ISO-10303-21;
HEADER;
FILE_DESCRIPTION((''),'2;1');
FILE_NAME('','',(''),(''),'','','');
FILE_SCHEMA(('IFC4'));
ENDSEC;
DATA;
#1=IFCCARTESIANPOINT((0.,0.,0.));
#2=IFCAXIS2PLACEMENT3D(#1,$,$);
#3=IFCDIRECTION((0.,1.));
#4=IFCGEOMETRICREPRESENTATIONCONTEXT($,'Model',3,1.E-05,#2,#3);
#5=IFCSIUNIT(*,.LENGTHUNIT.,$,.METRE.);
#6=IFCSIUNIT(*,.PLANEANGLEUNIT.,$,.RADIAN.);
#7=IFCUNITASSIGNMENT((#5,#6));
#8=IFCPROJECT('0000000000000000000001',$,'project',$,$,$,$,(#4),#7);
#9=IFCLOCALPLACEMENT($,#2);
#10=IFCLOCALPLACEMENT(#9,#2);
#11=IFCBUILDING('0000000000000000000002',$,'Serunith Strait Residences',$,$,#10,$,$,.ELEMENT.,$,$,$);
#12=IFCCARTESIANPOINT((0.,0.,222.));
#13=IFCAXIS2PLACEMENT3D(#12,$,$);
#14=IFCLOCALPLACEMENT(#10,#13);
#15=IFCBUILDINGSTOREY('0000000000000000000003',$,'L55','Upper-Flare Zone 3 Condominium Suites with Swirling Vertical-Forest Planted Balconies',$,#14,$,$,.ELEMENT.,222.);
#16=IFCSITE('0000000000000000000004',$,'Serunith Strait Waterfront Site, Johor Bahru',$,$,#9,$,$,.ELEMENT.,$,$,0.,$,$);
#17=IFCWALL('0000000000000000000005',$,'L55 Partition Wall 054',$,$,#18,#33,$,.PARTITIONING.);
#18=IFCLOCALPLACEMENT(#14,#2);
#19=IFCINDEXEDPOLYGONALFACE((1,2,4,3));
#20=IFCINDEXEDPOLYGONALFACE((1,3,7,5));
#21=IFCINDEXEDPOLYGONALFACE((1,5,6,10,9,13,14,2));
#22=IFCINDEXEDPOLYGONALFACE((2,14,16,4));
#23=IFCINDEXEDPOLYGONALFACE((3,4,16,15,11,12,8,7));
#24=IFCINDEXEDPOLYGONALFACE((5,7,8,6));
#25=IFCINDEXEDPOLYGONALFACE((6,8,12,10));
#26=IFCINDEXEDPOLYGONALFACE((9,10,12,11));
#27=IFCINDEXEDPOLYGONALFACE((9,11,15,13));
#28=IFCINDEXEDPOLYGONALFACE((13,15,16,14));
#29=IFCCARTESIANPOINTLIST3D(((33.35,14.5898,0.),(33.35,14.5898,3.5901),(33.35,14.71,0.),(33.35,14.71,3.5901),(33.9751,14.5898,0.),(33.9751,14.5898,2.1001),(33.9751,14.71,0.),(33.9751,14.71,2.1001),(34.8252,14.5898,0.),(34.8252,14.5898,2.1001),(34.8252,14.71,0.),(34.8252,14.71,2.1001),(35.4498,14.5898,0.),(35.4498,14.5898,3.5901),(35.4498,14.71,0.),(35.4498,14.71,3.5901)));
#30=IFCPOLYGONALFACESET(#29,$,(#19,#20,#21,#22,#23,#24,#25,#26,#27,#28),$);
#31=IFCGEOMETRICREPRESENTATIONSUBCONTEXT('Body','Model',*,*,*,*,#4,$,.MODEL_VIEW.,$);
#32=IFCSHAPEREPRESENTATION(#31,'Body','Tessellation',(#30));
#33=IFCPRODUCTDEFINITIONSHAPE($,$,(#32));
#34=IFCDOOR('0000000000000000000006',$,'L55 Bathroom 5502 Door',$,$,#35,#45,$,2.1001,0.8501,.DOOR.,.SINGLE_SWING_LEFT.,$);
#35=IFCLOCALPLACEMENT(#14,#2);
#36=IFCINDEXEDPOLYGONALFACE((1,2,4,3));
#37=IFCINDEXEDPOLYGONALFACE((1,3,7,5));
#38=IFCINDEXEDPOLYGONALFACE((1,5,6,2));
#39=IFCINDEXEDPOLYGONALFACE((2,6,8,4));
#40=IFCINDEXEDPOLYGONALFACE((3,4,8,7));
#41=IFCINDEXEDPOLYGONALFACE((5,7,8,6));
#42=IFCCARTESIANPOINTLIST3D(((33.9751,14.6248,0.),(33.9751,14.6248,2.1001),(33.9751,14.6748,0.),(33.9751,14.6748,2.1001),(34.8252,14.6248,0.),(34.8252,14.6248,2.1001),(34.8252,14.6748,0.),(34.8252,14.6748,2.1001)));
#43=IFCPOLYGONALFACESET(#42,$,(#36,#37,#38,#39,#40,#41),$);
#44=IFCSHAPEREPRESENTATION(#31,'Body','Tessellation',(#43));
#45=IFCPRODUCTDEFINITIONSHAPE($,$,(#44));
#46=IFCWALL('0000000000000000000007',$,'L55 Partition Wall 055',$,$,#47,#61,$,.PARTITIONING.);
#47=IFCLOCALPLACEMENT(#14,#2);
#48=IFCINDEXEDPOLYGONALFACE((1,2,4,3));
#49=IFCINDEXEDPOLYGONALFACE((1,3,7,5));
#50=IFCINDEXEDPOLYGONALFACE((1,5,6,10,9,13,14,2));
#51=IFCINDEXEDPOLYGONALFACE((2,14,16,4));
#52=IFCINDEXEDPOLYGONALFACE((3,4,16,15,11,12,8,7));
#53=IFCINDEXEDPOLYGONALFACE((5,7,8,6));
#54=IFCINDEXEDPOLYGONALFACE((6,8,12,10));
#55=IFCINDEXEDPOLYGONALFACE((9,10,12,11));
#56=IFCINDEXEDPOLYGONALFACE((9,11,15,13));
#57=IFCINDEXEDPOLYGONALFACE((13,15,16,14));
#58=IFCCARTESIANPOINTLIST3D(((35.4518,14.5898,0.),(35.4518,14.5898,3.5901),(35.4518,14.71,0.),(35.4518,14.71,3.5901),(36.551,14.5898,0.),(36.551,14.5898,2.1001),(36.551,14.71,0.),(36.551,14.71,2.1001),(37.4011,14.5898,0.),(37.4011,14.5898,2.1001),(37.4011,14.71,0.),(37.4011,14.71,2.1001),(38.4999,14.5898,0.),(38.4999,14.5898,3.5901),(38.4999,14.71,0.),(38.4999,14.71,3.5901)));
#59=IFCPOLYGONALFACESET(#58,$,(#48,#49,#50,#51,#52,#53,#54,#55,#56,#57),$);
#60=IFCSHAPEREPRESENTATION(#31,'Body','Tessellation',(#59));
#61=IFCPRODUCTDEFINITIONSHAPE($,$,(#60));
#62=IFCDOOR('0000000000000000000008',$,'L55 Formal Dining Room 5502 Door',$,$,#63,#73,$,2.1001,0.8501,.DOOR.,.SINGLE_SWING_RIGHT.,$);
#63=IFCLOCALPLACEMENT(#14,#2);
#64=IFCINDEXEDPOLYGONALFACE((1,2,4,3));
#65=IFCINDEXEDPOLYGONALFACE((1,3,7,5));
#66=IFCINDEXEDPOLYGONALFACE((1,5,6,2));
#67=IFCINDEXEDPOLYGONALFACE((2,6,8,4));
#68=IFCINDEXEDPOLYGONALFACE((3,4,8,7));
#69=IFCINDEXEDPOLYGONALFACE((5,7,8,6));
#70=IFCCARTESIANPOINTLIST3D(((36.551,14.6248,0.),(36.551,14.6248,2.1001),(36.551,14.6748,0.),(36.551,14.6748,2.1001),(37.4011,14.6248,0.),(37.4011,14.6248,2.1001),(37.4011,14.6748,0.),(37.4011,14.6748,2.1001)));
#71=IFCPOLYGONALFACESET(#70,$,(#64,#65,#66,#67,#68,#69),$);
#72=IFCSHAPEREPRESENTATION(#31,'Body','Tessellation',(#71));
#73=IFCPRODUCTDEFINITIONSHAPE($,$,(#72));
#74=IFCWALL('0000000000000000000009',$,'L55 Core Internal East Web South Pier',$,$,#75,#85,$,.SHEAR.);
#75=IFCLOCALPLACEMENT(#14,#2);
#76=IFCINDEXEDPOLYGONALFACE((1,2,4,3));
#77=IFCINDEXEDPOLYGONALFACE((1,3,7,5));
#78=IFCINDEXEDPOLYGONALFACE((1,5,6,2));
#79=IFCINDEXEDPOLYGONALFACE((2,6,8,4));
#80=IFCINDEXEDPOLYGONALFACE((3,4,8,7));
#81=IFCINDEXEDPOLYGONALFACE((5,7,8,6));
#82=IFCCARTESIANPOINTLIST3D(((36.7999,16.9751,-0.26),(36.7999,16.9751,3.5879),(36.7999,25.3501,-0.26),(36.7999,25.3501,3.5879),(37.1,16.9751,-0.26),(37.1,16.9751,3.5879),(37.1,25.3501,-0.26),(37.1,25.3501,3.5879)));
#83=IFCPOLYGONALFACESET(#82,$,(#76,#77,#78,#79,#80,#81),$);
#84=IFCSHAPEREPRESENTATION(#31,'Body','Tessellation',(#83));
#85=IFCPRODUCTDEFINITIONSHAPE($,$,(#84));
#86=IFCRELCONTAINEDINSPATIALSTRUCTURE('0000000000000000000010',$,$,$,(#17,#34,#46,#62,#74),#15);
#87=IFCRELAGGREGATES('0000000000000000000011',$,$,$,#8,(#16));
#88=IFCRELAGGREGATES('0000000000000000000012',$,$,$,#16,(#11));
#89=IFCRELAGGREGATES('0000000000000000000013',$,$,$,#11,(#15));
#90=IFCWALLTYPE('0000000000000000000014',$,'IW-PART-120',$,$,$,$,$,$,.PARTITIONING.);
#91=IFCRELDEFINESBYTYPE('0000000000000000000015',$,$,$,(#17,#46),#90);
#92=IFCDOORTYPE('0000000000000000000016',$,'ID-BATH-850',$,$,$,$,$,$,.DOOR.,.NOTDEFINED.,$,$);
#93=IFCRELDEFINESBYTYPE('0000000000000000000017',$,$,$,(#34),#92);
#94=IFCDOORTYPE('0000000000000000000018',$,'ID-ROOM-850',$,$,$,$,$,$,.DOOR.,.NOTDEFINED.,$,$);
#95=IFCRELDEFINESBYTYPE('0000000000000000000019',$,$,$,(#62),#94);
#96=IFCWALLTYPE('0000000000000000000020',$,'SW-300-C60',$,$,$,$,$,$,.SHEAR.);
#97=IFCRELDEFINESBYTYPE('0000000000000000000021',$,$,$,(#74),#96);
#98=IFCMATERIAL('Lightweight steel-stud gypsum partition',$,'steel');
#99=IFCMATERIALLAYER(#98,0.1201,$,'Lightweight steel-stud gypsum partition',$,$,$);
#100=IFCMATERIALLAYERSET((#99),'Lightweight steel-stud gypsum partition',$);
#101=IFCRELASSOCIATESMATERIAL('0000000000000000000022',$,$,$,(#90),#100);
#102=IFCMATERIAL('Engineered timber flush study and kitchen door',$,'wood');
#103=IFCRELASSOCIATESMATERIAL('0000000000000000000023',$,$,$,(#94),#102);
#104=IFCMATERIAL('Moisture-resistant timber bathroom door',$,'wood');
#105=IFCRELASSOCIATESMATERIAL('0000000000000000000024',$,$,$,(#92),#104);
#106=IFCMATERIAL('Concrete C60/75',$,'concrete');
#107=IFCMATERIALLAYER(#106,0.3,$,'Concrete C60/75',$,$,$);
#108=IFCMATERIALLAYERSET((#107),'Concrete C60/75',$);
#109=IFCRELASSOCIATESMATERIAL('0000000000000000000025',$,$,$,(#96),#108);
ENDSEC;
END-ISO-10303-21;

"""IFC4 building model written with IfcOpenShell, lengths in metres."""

from ifc_helpers import new_model, si_unit, direction, frame, frame_2d, origin, place, context, subcontext, project, spatial, rectangle, extrude, source, transform, mapped, material, layer, layer_set, type_object, element, fill, save


model = new_model("IFC4")

# Units and contexts
model_context = context("Model", 3, precision=1e-05, world=origin(), true_north=direction((0.0, 1.0)))
body_context = subcontext(model_context, "Body", "Model", "MODEL_VIEW")
ifc_project = project(units=[si_unit("LENGTHUNIT", "METRE"), si_unit("PLANEANGLEUNIT", "RADIAN")], contexts=[model_context])

# Site, building, storey
site_placement = place(None, origin())
site = spatial("IfcSite", under=ifc_project, at=site_placement, Name="Serunith Strait Waterfront Site, Johor Bahru", CompositionType="ELEMENT", RefElevation=0.0)
building_placement = place(site_placement, origin())
building = spatial("IfcBuilding", under=site, at=building_placement, Name="Serunith Strait Residences", CompositionType="ELEMENT")
storey_placement = place(building_placement, frame((0.0, 0.0, 222.0)))
storey = spatial("IfcBuildingStorey", under=building, at=storey_placement, Name="L55", Description="Upper-Flare Zone 3 Condominium Suites with Swirling Vertical-Forest Planted Balconies", CompositionType="ELEMENT", Elevation=222.0)

# Shared definitions
ifc_material_1 = material(Name="Lightweight steel-stud gypsum partition", Category="steel")
ifc_layer_1 = layer(ifc_material_1, 0.1201, Name="Lightweight steel-stud gypsum partition")
ifc_layer_set_1 = layer_set([ifc_layer_1], Name="Lightweight steel-stud gypsum partition")
wall_type_1 = type_object("IfcWallType", Name="IW-PART-120", PredefinedType="PARTITIONING", material=ifc_layer_set_1)
ifc_material_2 = material(Name="Engineered timber flush study and kitchen door", Category="wood")
door_type_1 = type_object("IfcDoorType", Name="ID-ROOM-850", OperationType="NOTDEFINED", PredefinedType="DOOR", material=ifc_material_2)
shared_shape_1 = source(origin(), body_context, "Body", "SweptSolid", [
    extrude(rectangle(XDim=0.8501, YDim=2.1001, at=frame_2d((0.425, 1.05))), frame((0.0, 0.0249, 0.0), z_axis=(0.0, -1.0, 0.0), x_axis=(1.0, 0.0, 0.0)), (0.0, 0.0, 1.0), 0.05),
])

# Walls, openings, doors
wall_1_placement = place(storey_placement, frame((33.3501, 14.6499, 0.0), z_axis=(0.0, 0.0, 1.0), x_axis=(1.0, 0.0, 0.0)))
wall_1 = element("IfcWall", 1, at=wall_1_placement, inside=storey, type_object=wall_type_1, Name="L55 Partition Wall 054", PredefinedType="PARTITIONING", context=body_context, shape_type="SweptSolid", body=[
    extrude(rectangle(XDim=2.0999, YDim=0.1201, at=frame_2d((1.0498, 0.0))), origin(), (0.0, 0.0, 1.0), 3.5901),
])
opening_1_placement = place(wall_1_placement, frame((0.625, 0.0, 0.0)))
opening_1 = element("IfcOpeningElement", 2, at=opening_1_placement, cuts=wall_1, PredefinedType="OPENING", context=body_context, shape_type="SweptSolid", body=[
    extrude(rectangle(XDim=0.8501, YDim=2.1001, at=frame_2d((0.425, 1.05))), frame((0.0, 0.0701, 0.0), z_axis=(0.0, -1.0, 0.0), x_axis=(1.0, 0.0, 0.0)), (0.0, 0.0, 1.0), 0.1401),
])
ifc_material_3 = material(Name="Moisture-resistant timber bathroom door", Category="wood")
door_type_2 = type_object("IfcDoorType", Name="ID-BATH-850", OperationType="NOTDEFINED", PredefinedType="DOOR", material=ifc_material_3)
door_1_placement = place(opening_1_placement, origin())
door_1 = element("IfcDoor", 3, at=door_1_placement, inside=storey, type_object=door_type_2, Name="L55 Bathroom 5502 Door", OperationType="SINGLE_SWING_LEFT", OverallHeight=2.1001, OverallWidth=0.8501, PredefinedType="DOOR", context=body_context, shape_type="MappedRepresentation", body=[
    mapped(shared_shape_1, transform((0.0, 0.0, 0.0), scale=1.0)),
])
fill(opening_1, door_1)
wall_2_placement = place(storey_placement, frame((35.4519, 14.6499, 0.0), z_axis=(0.0, 0.0, 1.0), x_axis=(1.0, 0.0, 0.0)))
wall_2 = element("IfcWall", 4, at=wall_2_placement, inside=storey, type_object=wall_type_1, Name="L55 Partition Wall 055", PredefinedType="PARTITIONING", context=body_context, shape_type="SweptSolid", body=[
    extrude(rectangle(XDim=3.0481, YDim=0.1201, at=frame_2d((1.5239, 0.0))), origin(), (0.0, 0.0, 1.0), 3.5901),
])
opening_2_placement = place(wall_2_placement, frame((1.0991, 0.0, 0.0)))
opening_2 = element("IfcOpeningElement", 5, at=opening_2_placement, cuts=wall_2, PredefinedType="OPENING", context=body_context, shape_type="SweptSolid", body=[
    extrude(rectangle(XDim=0.8501, YDim=2.1001, at=frame_2d((0.425, 1.05))), frame((0.0, 0.0701, 0.0), z_axis=(0.0, -1.0, 0.0), x_axis=(1.0, 0.0, 0.0)), (0.0, 0.0, 1.0), 0.1401),
])
door_2_placement = place(opening_2_placement, origin())
door_2 = element("IfcDoor", 6, at=door_2_placement, inside=storey, type_object=door_type_1, Name="L55 Formal Dining Room 5502 Door", OperationType="SINGLE_SWING_RIGHT", OverallHeight=2.1001, OverallWidth=0.8501, PredefinedType="DOOR", context=body_context, shape_type="MappedRepresentation", body=[
    mapped(shared_shape_1, transform((0.0, 0.0, 0.0), scale=1.0)),
])
fill(opening_2, door_2)

# Wall
ifc_material_4 = material(Name="Concrete C60/75", Category="concrete")
ifc_layer_2 = layer(ifc_material_4, 0.3, Name="Concrete C60/75")
ifc_layer_set_2 = layer_set([ifc_layer_2], Name="Concrete C60/75")
wall_type_2 = type_object("IfcWallType", Name="SW-300-C60", PredefinedType="SHEAR", material=ifc_layer_set_2)
wall_3_placement = place(storey_placement, frame((36.95, 16.9751, -0.26), z_axis=(0.0, 0.0, 1.0), x_axis=(0.0, 1.0, 0.0)))
element("IfcWall", 7, at=wall_3_placement, inside=storey, type_object=wall_type_2, Name="L55 Core Internal East Web South Pier", PredefinedType="SHEAR", context=body_context, shape_type="SweptSolid", body=[
    extrude(rectangle(XDim=8.375, YDim=0.3, at=frame_2d((4.1875, 0.0))), origin(), (0.0, 0.0, 1.0), 3.8479),
])

save(model, "model.ifc")
